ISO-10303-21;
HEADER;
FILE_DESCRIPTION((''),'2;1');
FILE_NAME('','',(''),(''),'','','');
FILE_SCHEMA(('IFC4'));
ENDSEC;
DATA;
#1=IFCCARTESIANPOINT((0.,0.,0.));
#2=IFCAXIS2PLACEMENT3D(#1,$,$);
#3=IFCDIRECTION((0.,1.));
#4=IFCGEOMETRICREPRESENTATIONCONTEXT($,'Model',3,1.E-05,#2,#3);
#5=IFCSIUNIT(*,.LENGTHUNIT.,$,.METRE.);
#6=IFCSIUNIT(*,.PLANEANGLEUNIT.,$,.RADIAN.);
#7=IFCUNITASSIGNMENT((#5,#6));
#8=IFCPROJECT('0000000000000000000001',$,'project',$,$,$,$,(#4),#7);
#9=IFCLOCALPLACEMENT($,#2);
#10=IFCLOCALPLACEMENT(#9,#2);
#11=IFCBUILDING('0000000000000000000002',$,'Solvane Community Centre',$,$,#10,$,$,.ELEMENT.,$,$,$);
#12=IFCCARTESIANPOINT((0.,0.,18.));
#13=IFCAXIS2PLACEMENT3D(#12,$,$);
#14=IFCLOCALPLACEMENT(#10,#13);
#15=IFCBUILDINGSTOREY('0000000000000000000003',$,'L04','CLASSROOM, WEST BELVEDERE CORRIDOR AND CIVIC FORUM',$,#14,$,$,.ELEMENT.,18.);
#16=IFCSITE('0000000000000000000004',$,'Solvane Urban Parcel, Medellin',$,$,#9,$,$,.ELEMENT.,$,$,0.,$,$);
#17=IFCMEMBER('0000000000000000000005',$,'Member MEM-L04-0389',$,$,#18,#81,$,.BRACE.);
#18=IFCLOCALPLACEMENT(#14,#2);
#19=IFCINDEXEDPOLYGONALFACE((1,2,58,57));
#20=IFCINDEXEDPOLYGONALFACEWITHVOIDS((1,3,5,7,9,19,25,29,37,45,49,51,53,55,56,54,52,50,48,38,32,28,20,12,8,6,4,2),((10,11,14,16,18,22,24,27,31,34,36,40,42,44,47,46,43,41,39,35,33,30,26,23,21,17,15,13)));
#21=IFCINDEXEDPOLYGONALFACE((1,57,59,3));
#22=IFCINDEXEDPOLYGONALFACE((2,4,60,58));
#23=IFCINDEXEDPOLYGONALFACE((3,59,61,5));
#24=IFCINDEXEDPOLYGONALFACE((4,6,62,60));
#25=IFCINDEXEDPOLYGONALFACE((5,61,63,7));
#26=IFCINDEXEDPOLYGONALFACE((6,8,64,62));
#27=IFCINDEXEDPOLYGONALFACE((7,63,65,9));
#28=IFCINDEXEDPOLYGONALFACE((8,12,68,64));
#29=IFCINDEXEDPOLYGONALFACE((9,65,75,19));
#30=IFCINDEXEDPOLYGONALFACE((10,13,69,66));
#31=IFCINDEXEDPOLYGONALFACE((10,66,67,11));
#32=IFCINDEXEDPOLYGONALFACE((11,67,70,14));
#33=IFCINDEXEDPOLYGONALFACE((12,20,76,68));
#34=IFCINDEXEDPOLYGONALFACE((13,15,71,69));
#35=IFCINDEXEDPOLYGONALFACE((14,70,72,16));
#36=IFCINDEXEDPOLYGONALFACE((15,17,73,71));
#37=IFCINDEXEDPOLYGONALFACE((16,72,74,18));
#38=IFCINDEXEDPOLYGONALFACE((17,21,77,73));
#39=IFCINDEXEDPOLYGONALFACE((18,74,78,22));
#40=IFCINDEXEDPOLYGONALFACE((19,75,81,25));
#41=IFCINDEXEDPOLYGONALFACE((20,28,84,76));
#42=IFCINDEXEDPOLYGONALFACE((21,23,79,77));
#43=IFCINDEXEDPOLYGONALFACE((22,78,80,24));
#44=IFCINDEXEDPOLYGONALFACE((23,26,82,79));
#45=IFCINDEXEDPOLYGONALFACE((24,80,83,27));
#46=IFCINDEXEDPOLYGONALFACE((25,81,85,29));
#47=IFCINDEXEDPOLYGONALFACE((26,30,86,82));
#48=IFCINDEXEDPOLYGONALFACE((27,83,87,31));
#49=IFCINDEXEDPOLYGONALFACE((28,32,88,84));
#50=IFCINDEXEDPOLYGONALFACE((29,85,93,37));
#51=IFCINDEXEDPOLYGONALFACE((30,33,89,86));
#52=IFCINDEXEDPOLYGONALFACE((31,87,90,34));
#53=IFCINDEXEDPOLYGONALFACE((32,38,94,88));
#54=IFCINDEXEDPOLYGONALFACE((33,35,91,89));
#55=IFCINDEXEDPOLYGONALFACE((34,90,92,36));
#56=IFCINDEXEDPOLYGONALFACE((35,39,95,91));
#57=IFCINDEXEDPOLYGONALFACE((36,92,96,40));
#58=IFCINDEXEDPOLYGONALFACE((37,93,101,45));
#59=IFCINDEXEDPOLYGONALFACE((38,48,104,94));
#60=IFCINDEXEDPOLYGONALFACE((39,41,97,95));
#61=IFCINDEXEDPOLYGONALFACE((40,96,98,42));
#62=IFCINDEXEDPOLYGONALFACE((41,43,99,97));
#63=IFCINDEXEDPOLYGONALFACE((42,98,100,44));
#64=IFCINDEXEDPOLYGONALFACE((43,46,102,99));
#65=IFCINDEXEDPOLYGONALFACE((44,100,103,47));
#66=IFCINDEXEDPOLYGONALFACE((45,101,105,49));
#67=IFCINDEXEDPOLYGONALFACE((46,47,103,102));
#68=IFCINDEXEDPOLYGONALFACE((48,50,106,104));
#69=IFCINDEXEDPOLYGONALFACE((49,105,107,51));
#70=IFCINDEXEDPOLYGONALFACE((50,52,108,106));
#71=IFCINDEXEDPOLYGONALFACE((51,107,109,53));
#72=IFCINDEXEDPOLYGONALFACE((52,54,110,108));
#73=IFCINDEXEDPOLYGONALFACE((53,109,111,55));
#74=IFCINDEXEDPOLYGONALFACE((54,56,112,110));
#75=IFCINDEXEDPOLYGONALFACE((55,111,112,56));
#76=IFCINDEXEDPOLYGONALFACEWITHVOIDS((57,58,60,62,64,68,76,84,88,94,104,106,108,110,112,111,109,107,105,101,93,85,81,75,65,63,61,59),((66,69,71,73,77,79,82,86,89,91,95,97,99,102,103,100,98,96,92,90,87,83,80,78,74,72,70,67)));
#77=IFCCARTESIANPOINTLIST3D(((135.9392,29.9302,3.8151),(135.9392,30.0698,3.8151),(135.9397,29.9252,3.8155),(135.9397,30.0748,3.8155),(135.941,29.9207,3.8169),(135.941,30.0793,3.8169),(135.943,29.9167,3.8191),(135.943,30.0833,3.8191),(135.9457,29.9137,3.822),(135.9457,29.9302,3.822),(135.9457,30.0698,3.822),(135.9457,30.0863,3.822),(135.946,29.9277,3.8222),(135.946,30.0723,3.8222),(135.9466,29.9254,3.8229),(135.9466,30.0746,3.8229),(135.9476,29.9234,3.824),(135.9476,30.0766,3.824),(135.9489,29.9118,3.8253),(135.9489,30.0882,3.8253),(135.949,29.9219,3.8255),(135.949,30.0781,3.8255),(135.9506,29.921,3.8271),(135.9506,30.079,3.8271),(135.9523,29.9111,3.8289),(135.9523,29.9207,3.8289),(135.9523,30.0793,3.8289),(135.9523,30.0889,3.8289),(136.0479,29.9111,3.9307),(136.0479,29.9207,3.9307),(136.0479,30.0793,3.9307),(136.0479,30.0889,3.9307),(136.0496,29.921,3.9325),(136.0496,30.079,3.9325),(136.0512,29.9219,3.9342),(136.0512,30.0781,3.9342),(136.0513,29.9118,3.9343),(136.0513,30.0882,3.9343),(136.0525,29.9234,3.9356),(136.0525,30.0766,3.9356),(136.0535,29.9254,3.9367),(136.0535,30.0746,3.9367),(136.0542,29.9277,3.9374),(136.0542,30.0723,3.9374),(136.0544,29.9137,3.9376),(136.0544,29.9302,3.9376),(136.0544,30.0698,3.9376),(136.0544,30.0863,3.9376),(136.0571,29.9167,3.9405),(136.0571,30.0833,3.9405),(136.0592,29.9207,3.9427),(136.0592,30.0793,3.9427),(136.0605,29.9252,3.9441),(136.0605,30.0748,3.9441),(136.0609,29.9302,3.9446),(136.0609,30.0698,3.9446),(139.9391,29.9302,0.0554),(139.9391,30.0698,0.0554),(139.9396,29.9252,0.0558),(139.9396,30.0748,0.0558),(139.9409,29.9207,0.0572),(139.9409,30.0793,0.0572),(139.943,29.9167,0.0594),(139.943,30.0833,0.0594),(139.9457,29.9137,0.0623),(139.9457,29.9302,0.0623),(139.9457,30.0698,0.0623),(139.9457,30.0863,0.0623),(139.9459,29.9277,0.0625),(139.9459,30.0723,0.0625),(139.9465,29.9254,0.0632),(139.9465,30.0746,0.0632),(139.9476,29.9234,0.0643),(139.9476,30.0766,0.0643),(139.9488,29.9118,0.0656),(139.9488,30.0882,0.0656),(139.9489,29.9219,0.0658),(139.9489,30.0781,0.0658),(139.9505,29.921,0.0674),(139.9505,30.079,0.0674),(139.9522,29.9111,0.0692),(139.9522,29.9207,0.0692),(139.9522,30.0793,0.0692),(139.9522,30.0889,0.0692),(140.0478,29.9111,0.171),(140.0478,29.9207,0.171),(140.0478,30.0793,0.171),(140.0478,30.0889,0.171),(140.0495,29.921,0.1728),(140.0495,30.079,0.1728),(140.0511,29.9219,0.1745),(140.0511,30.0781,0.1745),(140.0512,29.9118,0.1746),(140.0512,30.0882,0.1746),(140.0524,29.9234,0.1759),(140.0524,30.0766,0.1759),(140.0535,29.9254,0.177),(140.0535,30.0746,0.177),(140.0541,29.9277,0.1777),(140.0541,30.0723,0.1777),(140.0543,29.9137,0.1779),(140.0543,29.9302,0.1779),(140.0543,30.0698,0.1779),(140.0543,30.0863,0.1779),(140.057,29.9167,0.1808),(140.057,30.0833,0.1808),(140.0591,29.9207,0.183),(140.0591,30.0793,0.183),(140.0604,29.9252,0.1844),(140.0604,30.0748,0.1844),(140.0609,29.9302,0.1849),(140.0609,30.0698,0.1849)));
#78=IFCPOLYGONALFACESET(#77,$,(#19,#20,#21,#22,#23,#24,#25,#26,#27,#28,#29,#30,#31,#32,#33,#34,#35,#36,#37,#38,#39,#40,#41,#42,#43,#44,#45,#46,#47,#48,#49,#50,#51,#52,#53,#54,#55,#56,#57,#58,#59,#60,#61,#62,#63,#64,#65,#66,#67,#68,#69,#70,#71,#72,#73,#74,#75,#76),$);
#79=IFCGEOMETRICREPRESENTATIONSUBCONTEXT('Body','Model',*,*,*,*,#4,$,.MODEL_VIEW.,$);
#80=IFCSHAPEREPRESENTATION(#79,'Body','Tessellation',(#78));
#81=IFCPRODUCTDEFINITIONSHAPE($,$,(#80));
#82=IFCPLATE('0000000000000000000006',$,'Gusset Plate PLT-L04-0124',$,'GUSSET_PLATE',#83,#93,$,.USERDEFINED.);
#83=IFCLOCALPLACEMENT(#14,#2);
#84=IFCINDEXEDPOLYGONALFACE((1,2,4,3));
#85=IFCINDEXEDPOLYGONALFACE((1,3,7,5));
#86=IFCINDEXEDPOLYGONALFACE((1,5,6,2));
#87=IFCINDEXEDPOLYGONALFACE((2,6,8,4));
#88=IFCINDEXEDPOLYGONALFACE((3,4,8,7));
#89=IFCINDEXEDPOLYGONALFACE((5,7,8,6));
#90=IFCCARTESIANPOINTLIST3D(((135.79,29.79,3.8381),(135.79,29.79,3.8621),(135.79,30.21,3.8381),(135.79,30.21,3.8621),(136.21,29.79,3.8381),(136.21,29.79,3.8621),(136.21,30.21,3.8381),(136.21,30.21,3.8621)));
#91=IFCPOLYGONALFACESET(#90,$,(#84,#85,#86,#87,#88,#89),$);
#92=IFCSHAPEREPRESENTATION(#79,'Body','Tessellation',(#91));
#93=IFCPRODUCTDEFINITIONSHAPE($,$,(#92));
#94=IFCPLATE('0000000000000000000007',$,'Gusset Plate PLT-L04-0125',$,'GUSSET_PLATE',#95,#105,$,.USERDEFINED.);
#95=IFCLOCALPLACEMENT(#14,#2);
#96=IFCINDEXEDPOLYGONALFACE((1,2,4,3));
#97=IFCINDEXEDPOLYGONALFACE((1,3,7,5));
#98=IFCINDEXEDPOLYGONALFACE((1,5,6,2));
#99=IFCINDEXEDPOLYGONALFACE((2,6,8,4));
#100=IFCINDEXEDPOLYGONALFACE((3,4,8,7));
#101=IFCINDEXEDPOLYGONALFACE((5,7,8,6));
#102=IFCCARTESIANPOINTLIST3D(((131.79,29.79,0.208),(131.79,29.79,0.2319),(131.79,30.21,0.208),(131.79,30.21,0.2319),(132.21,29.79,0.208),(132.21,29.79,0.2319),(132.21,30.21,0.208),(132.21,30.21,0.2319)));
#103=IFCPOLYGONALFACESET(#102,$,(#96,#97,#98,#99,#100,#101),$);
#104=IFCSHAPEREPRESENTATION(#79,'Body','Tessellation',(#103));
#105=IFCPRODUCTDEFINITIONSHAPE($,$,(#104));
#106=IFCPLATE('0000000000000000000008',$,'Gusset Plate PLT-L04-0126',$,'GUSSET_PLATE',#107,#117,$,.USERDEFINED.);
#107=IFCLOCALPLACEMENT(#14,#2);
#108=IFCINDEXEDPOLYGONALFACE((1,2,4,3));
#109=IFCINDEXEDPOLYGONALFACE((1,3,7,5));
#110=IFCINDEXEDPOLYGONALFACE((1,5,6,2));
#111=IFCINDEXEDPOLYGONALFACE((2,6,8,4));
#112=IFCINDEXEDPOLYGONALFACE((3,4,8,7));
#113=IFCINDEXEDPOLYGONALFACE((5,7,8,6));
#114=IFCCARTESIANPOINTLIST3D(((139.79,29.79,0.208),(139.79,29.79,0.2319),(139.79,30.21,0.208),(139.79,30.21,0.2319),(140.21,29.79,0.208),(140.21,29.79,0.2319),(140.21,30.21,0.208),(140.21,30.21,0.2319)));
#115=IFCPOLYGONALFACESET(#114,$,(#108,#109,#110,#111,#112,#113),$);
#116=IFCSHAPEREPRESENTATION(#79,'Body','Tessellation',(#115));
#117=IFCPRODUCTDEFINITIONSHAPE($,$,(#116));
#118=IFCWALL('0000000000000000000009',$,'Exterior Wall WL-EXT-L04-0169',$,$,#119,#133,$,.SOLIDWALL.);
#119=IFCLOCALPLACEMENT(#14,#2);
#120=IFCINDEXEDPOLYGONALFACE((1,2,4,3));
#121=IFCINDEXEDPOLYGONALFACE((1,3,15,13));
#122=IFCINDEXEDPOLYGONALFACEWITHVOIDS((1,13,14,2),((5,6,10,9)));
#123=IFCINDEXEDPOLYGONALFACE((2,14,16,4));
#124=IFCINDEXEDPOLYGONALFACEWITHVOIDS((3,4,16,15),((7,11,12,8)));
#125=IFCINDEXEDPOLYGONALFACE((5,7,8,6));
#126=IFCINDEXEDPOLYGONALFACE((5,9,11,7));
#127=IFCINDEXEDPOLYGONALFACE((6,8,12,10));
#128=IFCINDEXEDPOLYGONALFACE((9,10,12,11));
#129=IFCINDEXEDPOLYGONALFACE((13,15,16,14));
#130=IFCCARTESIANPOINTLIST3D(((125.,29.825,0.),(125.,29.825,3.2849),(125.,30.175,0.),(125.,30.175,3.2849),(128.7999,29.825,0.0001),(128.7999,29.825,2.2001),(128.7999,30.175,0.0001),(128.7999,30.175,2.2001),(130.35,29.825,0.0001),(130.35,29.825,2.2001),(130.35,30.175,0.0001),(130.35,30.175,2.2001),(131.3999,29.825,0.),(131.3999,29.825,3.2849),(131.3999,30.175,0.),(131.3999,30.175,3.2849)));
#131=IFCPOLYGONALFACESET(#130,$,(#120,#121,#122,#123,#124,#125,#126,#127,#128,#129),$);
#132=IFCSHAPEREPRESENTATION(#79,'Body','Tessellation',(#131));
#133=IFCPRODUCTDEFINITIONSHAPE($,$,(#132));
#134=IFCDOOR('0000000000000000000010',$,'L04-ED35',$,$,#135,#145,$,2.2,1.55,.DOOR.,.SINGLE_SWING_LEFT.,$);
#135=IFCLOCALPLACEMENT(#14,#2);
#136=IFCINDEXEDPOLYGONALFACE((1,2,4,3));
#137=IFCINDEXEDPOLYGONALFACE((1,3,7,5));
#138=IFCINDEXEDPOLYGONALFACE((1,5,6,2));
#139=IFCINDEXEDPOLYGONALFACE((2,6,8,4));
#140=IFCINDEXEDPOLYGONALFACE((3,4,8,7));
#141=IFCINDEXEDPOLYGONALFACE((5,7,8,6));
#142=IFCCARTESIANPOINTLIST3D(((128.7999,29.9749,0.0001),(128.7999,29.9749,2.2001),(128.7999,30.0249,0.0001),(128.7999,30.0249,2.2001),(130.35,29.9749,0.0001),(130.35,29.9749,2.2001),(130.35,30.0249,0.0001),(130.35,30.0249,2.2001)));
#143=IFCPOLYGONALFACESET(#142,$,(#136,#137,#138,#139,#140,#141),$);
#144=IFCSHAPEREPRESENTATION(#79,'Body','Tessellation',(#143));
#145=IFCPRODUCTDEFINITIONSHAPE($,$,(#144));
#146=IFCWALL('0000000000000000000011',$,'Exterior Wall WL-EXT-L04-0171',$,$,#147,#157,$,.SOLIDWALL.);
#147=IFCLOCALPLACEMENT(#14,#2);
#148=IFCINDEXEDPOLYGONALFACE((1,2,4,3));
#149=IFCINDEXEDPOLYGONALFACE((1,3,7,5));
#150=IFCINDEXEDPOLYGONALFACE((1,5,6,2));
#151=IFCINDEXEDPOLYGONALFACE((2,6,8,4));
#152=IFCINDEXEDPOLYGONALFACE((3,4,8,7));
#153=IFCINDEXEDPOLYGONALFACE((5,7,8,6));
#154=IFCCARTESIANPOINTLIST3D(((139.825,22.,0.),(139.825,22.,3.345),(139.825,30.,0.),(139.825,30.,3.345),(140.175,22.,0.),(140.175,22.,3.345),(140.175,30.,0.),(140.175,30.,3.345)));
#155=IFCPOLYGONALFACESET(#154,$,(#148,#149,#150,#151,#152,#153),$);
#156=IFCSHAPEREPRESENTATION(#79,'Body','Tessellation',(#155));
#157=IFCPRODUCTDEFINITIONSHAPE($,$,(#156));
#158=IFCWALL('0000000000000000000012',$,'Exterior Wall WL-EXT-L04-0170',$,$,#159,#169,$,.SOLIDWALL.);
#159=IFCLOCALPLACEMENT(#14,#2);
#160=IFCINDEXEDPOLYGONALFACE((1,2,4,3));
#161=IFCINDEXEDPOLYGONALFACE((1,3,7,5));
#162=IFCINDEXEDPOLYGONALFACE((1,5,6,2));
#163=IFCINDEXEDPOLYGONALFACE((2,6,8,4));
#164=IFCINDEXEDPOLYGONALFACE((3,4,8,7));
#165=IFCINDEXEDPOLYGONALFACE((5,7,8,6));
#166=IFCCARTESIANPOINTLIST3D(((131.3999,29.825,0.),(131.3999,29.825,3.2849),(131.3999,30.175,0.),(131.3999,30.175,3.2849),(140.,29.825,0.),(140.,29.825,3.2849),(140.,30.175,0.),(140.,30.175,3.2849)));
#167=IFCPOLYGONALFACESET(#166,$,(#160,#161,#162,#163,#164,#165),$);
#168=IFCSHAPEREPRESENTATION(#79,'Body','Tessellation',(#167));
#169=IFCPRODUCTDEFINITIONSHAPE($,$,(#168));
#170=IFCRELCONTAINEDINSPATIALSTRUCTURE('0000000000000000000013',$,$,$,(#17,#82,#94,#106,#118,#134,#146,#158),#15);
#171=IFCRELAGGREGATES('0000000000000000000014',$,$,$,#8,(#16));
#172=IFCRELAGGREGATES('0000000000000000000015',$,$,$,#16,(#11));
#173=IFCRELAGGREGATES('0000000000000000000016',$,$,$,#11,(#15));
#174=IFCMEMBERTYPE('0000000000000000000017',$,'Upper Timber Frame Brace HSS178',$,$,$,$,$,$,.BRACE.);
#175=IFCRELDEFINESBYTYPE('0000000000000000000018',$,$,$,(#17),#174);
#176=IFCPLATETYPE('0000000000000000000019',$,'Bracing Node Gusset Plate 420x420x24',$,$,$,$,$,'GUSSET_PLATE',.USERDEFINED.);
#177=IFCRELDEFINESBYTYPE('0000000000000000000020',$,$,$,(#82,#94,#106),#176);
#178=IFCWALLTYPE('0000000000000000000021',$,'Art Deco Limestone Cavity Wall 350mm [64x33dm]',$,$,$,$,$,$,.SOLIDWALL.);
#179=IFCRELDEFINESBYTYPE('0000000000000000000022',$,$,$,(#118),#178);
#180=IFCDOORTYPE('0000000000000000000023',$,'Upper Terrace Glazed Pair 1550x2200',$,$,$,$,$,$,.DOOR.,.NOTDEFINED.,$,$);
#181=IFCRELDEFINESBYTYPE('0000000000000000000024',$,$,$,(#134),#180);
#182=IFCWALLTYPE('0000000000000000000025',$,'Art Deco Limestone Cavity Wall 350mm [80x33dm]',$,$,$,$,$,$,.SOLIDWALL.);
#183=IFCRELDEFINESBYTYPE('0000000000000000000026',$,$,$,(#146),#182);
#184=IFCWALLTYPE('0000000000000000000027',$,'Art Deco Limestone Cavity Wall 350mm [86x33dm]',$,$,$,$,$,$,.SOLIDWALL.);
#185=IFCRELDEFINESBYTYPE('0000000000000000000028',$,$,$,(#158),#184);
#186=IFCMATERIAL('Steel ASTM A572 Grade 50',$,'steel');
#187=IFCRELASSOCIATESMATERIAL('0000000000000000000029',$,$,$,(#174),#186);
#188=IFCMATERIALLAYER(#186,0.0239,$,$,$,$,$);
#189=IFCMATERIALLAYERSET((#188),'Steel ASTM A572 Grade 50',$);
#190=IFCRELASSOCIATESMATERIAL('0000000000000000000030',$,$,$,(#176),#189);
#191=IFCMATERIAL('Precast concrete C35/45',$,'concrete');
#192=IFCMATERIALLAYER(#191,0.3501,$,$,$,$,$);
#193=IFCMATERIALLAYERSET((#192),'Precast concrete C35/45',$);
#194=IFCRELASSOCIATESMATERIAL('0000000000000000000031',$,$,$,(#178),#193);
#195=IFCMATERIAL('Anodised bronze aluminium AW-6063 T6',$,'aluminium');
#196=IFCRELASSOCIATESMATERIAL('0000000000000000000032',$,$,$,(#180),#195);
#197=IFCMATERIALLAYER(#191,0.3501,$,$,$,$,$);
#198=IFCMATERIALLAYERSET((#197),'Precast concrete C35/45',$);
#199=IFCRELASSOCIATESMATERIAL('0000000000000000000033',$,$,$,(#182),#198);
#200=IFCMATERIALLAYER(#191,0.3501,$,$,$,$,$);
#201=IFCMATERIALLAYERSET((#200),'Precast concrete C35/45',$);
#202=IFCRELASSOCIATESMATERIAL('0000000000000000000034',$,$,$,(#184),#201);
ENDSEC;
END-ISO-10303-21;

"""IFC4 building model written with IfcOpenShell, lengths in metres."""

from ifc_helpers import new_model, si_unit, direction, frame, frame_2d, origin, origin_2d, place, context, subcontext, project, spatial, rectangle, hollow_rectangle, extrude, material, layer, layer_set, material_profile, profile_set, type_object, element, fill, save


model = new_model("IFC4")

# Units and contexts
model_context = context("Model", 3, precision=1e-05, world=origin(), true_north=direction((0.0, 1.0)))
body_context = subcontext(model_context, "Body", "Model", "MODEL_VIEW")
ifc_project = project(units=[si_unit("LENGTHUNIT", "METRE"), si_unit("PLANEANGLEUNIT", "RADIAN")], contexts=[model_context])

# Site, building, storey
site_placement = place(None, origin())
site = spatial("IfcSite", under=ifc_project, at=site_placement, Name="Solvane Urban Parcel, Medellin", CompositionType="ELEMENT", RefElevation=0.0)
building_placement = place(site_placement, origin())
building = spatial("IfcBuilding", under=site, at=building_placement, Name="Solvane Community Centre", CompositionType="ELEMENT")
storey_placement = place(building_placement, frame((0.0, 0.0, 18.0)))
storey = spatial("IfcBuildingStorey", under=building, at=storey_placement, Name="L04", Description="CLASSROOM, WEST BELVEDERE CORRIDOR AND CIVIC FORUM", CompositionType="ELEMENT", Elevation=18.0)

# Member
ifc_material_1 = material(Name="Steel ASTM A572 Grade 50", Category="steel")
ifc_material_profile_1 = material_profile(ifc_material_1, hollow_rectangle(XDim=0.1777, YDim=0.1777, WallThickness=0.0095, InnerFilletRadius=0.0095, OuterFilletRadius=0.019, at=origin_2d()), Name="HSS 178x178x9.5")
ifc_profile_set_1 = profile_set([ifc_material_profile_1], Name="Steel ASTM A572 Grade 50")
member_type = type_object("IfcMemberType", Name="Upper Timber Frame Brace HSS178", PredefinedType="BRACE", material=ifc_profile_set_1)
for number, where, z_axis, x_axis, name in (
    (1, (140.0, 30.0, 0.1201), (-0.728649, 0.0, 0.684887), (0.0, -1.0, 0.0), "Member MEM-L04-0389"),
):
    element("IfcMember", number, at=place(storey_placement, frame(where, z_axis=z_axis, x_axis=x_axis)), inside=storey, type_object=member_type, Name=name, PredefinedType="BRACE", context=body_context, shape_type="SweptSolid", body=[
        extrude(hollow_rectangle(XDim=0.1777, YDim=0.1777, WallThickness=0.0095, InnerFilletRadius=0.0095, OuterFilletRadius=0.019, at=origin_2d()), origin(), (0.0, 0.0, 1.0), 5.4895),
    ])

# Plates
ifc_layer_1 = layer(ifc_material_1, 0.0239)
ifc_layer_set_1 = layer_set([ifc_layer_1], Name="Steel ASTM A572 Grade 50")
plate_type = type_object("IfcPlateType", Name="Bracing Node Gusset Plate 420x420x24", ElementType="GUSSET_PLATE", PredefinedType="USERDEFINED", material=ifc_layer_set_1)
for number, where, z_axis, x_axis, name in (
    (2, (136.0, 30.0, 3.8381), (0.0, 0.0, 1.0), (1.0, 0.0, 0.0), "Gusset Plate PLT-L04-0124"),
    (3, (132.0, 30.0, 0.208), (0.0, 0.0, 1.0), (1.0, 0.0, 0.0), "Gusset Plate PLT-L04-0125"),
    (4, (140.0, 30.0, 0.208), (0.0, 0.0, 1.0), (1.0, 0.0, 0.0), "Gusset Plate PLT-L04-0126"),
):
    element("IfcPlate", number, at=place(storey_placement, frame(where, z_axis=z_axis, x_axis=x_axis)), inside=storey, type_object=plate_type, Name=name, ObjectType="GUSSET_PLATE", PredefinedType="USERDEFINED", context=body_context, shape_type="SweptSolid", body=[
        extrude(rectangle(XDim=0.4199, YDim=0.4199, at=origin_2d()), origin(), (0.0, 0.0, 1.0), 0.0239),
    ])

# Wall, opening, door
ifc_material_2 = material(Name="Precast concrete C35/45", Category="concrete")
ifc_layer_2 = layer(ifc_material_2, 0.3501)
ifc_layer_set_2 = layer_set([ifc_layer_2], Name="Precast concrete C35/45")
wall_type_1 = type_object("IfcWallType", Name="Art Deco Limestone Cavity Wall 350mm [64x33dm]", PredefinedType="SOLIDWALL", material=ifc_layer_set_2)
wall_1_placement = place(storey_placement, frame((125.0, 30.0, 0.0), z_axis=(0.0, 0.0, 1.0), x_axis=(1.0, 0.0, 0.0)))
wall_1 = element("IfcWall", 5, at=wall_1_placement, inside=storey, type_object=wall_type_1, Name="Exterior Wall WL-EXT-L04-0169", PredefinedType="SOLIDWALL", context=body_context, shape_type="SweptSolid", body=[
    extrude(rectangle(XDim=6.3999, YDim=0.3501, at=frame_2d((3.2, 0.0))), origin(), (0.0, 0.0, 1.0), 3.2849),
])
opening_1_placement = place(wall_1_placement, frame((3.8, 0.0, 0.0)))
opening_1 = element("IfcOpeningElement", 6, at=opening_1_placement, cuts=wall_1, PredefinedType="OPENING", context=body_context, shape_type="SweptSolid", body=[
    extrude(rectangle(XDim=1.55, YDim=2.2, at=frame_2d((0.7749, 1.1001))), frame((0.0, 0.1851, 0.0), z_axis=(0.0, -1.0, 0.0), x_axis=(1.0, 0.0, 0.0)), (0.0, 0.0, 1.0), 0.3701),
])
ifc_material_3 = material(Name="Anodised bronze aluminium AW-6063 T6", Category="aluminium")
door_type_1 = type_object("IfcDoorType", Name="Upper Terrace Glazed Pair 1550x2200", OperationType="NOTDEFINED", PredefinedType="DOOR", material=ifc_material_3)
door_1_placement = place(opening_1_placement, origin())
door_1 = element("IfcDoor", 7, at=door_1_placement, inside=storey, type_object=door_type_1, Name="L04-ED35", OperationType="SINGLE_SWING_LEFT", OverallHeight=2.2, OverallWidth=1.55, PredefinedType="DOOR", context=body_context, shape_type="SweptSolid", body=[
    extrude(rectangle(XDim=1.55, YDim=2.2, at=frame_2d((0.7749, 1.1001))), frame((0.0, 0.0249, 0.0), z_axis=(0.0, -1.0, 0.0), x_axis=(1.0, 0.0, 0.0)), (0.0, 0.0, 1.0), 0.05),
])
fill(opening_1, door_1)

# Walls
ifc_layer_3 = layer(ifc_material_2, 0.3501)
ifc_layer_set_3 = layer_set([ifc_layer_3], Name="Precast concrete C35/45")
wall_type_2 = type_object("IfcWallType", Name="Art Deco Limestone Cavity Wall 350mm [80x33dm]", PredefinedType="SOLIDWALL", material=ifc_layer_set_3)
wall_2_placement = place(storey_placement, frame((140.0, 30.0, 0.0), z_axis=(0.0, 0.0, 1.0), x_axis=(0.0, -1.0, 0.0)))
element("IfcWall", 8, at=wall_2_placement, inside=storey, type_object=wall_type_2, Name="Exterior Wall WL-EXT-L04-0171", PredefinedType="SOLIDWALL", context=body_context, shape_type="SweptSolid", body=[
    extrude(rectangle(XDim=8.0, YDim=0.3501, at=frame_2d((4.0, 0.0))), origin(), (0.0, 0.0, 1.0), 3.345),
])
ifc_layer_4 = layer(ifc_material_2, 0.3501)
ifc_layer_set_4 = layer_set([ifc_layer_4], Name="Precast concrete C35/45")
wall_type_3 = type_object("IfcWallType", Name="Art Deco Limestone Cavity Wall 350mm [86x33dm]", PredefinedType="SOLIDWALL", material=ifc_layer_set_4)
wall_3_placement = place(storey_placement, frame((131.3999, 30.0, 0.0), z_axis=(0.0, 0.0, 1.0), x_axis=(1.0, 0.0, 0.0)))
element("IfcWall", 9, at=wall_3_placement, inside=storey, type_object=wall_type_3, Name="Exterior Wall WL-EXT-L04-0170", PredefinedType="SOLIDWALL", context=body_context, shape_type="SweptSolid", body=[
    extrude(rectangle(XDim=8.6001, YDim=0.3501, at=frame_2d((4.3, 0.0))), origin(), (0.0, 0.0, 1.0), 3.2849),
])

save(model, "model.ifc")
